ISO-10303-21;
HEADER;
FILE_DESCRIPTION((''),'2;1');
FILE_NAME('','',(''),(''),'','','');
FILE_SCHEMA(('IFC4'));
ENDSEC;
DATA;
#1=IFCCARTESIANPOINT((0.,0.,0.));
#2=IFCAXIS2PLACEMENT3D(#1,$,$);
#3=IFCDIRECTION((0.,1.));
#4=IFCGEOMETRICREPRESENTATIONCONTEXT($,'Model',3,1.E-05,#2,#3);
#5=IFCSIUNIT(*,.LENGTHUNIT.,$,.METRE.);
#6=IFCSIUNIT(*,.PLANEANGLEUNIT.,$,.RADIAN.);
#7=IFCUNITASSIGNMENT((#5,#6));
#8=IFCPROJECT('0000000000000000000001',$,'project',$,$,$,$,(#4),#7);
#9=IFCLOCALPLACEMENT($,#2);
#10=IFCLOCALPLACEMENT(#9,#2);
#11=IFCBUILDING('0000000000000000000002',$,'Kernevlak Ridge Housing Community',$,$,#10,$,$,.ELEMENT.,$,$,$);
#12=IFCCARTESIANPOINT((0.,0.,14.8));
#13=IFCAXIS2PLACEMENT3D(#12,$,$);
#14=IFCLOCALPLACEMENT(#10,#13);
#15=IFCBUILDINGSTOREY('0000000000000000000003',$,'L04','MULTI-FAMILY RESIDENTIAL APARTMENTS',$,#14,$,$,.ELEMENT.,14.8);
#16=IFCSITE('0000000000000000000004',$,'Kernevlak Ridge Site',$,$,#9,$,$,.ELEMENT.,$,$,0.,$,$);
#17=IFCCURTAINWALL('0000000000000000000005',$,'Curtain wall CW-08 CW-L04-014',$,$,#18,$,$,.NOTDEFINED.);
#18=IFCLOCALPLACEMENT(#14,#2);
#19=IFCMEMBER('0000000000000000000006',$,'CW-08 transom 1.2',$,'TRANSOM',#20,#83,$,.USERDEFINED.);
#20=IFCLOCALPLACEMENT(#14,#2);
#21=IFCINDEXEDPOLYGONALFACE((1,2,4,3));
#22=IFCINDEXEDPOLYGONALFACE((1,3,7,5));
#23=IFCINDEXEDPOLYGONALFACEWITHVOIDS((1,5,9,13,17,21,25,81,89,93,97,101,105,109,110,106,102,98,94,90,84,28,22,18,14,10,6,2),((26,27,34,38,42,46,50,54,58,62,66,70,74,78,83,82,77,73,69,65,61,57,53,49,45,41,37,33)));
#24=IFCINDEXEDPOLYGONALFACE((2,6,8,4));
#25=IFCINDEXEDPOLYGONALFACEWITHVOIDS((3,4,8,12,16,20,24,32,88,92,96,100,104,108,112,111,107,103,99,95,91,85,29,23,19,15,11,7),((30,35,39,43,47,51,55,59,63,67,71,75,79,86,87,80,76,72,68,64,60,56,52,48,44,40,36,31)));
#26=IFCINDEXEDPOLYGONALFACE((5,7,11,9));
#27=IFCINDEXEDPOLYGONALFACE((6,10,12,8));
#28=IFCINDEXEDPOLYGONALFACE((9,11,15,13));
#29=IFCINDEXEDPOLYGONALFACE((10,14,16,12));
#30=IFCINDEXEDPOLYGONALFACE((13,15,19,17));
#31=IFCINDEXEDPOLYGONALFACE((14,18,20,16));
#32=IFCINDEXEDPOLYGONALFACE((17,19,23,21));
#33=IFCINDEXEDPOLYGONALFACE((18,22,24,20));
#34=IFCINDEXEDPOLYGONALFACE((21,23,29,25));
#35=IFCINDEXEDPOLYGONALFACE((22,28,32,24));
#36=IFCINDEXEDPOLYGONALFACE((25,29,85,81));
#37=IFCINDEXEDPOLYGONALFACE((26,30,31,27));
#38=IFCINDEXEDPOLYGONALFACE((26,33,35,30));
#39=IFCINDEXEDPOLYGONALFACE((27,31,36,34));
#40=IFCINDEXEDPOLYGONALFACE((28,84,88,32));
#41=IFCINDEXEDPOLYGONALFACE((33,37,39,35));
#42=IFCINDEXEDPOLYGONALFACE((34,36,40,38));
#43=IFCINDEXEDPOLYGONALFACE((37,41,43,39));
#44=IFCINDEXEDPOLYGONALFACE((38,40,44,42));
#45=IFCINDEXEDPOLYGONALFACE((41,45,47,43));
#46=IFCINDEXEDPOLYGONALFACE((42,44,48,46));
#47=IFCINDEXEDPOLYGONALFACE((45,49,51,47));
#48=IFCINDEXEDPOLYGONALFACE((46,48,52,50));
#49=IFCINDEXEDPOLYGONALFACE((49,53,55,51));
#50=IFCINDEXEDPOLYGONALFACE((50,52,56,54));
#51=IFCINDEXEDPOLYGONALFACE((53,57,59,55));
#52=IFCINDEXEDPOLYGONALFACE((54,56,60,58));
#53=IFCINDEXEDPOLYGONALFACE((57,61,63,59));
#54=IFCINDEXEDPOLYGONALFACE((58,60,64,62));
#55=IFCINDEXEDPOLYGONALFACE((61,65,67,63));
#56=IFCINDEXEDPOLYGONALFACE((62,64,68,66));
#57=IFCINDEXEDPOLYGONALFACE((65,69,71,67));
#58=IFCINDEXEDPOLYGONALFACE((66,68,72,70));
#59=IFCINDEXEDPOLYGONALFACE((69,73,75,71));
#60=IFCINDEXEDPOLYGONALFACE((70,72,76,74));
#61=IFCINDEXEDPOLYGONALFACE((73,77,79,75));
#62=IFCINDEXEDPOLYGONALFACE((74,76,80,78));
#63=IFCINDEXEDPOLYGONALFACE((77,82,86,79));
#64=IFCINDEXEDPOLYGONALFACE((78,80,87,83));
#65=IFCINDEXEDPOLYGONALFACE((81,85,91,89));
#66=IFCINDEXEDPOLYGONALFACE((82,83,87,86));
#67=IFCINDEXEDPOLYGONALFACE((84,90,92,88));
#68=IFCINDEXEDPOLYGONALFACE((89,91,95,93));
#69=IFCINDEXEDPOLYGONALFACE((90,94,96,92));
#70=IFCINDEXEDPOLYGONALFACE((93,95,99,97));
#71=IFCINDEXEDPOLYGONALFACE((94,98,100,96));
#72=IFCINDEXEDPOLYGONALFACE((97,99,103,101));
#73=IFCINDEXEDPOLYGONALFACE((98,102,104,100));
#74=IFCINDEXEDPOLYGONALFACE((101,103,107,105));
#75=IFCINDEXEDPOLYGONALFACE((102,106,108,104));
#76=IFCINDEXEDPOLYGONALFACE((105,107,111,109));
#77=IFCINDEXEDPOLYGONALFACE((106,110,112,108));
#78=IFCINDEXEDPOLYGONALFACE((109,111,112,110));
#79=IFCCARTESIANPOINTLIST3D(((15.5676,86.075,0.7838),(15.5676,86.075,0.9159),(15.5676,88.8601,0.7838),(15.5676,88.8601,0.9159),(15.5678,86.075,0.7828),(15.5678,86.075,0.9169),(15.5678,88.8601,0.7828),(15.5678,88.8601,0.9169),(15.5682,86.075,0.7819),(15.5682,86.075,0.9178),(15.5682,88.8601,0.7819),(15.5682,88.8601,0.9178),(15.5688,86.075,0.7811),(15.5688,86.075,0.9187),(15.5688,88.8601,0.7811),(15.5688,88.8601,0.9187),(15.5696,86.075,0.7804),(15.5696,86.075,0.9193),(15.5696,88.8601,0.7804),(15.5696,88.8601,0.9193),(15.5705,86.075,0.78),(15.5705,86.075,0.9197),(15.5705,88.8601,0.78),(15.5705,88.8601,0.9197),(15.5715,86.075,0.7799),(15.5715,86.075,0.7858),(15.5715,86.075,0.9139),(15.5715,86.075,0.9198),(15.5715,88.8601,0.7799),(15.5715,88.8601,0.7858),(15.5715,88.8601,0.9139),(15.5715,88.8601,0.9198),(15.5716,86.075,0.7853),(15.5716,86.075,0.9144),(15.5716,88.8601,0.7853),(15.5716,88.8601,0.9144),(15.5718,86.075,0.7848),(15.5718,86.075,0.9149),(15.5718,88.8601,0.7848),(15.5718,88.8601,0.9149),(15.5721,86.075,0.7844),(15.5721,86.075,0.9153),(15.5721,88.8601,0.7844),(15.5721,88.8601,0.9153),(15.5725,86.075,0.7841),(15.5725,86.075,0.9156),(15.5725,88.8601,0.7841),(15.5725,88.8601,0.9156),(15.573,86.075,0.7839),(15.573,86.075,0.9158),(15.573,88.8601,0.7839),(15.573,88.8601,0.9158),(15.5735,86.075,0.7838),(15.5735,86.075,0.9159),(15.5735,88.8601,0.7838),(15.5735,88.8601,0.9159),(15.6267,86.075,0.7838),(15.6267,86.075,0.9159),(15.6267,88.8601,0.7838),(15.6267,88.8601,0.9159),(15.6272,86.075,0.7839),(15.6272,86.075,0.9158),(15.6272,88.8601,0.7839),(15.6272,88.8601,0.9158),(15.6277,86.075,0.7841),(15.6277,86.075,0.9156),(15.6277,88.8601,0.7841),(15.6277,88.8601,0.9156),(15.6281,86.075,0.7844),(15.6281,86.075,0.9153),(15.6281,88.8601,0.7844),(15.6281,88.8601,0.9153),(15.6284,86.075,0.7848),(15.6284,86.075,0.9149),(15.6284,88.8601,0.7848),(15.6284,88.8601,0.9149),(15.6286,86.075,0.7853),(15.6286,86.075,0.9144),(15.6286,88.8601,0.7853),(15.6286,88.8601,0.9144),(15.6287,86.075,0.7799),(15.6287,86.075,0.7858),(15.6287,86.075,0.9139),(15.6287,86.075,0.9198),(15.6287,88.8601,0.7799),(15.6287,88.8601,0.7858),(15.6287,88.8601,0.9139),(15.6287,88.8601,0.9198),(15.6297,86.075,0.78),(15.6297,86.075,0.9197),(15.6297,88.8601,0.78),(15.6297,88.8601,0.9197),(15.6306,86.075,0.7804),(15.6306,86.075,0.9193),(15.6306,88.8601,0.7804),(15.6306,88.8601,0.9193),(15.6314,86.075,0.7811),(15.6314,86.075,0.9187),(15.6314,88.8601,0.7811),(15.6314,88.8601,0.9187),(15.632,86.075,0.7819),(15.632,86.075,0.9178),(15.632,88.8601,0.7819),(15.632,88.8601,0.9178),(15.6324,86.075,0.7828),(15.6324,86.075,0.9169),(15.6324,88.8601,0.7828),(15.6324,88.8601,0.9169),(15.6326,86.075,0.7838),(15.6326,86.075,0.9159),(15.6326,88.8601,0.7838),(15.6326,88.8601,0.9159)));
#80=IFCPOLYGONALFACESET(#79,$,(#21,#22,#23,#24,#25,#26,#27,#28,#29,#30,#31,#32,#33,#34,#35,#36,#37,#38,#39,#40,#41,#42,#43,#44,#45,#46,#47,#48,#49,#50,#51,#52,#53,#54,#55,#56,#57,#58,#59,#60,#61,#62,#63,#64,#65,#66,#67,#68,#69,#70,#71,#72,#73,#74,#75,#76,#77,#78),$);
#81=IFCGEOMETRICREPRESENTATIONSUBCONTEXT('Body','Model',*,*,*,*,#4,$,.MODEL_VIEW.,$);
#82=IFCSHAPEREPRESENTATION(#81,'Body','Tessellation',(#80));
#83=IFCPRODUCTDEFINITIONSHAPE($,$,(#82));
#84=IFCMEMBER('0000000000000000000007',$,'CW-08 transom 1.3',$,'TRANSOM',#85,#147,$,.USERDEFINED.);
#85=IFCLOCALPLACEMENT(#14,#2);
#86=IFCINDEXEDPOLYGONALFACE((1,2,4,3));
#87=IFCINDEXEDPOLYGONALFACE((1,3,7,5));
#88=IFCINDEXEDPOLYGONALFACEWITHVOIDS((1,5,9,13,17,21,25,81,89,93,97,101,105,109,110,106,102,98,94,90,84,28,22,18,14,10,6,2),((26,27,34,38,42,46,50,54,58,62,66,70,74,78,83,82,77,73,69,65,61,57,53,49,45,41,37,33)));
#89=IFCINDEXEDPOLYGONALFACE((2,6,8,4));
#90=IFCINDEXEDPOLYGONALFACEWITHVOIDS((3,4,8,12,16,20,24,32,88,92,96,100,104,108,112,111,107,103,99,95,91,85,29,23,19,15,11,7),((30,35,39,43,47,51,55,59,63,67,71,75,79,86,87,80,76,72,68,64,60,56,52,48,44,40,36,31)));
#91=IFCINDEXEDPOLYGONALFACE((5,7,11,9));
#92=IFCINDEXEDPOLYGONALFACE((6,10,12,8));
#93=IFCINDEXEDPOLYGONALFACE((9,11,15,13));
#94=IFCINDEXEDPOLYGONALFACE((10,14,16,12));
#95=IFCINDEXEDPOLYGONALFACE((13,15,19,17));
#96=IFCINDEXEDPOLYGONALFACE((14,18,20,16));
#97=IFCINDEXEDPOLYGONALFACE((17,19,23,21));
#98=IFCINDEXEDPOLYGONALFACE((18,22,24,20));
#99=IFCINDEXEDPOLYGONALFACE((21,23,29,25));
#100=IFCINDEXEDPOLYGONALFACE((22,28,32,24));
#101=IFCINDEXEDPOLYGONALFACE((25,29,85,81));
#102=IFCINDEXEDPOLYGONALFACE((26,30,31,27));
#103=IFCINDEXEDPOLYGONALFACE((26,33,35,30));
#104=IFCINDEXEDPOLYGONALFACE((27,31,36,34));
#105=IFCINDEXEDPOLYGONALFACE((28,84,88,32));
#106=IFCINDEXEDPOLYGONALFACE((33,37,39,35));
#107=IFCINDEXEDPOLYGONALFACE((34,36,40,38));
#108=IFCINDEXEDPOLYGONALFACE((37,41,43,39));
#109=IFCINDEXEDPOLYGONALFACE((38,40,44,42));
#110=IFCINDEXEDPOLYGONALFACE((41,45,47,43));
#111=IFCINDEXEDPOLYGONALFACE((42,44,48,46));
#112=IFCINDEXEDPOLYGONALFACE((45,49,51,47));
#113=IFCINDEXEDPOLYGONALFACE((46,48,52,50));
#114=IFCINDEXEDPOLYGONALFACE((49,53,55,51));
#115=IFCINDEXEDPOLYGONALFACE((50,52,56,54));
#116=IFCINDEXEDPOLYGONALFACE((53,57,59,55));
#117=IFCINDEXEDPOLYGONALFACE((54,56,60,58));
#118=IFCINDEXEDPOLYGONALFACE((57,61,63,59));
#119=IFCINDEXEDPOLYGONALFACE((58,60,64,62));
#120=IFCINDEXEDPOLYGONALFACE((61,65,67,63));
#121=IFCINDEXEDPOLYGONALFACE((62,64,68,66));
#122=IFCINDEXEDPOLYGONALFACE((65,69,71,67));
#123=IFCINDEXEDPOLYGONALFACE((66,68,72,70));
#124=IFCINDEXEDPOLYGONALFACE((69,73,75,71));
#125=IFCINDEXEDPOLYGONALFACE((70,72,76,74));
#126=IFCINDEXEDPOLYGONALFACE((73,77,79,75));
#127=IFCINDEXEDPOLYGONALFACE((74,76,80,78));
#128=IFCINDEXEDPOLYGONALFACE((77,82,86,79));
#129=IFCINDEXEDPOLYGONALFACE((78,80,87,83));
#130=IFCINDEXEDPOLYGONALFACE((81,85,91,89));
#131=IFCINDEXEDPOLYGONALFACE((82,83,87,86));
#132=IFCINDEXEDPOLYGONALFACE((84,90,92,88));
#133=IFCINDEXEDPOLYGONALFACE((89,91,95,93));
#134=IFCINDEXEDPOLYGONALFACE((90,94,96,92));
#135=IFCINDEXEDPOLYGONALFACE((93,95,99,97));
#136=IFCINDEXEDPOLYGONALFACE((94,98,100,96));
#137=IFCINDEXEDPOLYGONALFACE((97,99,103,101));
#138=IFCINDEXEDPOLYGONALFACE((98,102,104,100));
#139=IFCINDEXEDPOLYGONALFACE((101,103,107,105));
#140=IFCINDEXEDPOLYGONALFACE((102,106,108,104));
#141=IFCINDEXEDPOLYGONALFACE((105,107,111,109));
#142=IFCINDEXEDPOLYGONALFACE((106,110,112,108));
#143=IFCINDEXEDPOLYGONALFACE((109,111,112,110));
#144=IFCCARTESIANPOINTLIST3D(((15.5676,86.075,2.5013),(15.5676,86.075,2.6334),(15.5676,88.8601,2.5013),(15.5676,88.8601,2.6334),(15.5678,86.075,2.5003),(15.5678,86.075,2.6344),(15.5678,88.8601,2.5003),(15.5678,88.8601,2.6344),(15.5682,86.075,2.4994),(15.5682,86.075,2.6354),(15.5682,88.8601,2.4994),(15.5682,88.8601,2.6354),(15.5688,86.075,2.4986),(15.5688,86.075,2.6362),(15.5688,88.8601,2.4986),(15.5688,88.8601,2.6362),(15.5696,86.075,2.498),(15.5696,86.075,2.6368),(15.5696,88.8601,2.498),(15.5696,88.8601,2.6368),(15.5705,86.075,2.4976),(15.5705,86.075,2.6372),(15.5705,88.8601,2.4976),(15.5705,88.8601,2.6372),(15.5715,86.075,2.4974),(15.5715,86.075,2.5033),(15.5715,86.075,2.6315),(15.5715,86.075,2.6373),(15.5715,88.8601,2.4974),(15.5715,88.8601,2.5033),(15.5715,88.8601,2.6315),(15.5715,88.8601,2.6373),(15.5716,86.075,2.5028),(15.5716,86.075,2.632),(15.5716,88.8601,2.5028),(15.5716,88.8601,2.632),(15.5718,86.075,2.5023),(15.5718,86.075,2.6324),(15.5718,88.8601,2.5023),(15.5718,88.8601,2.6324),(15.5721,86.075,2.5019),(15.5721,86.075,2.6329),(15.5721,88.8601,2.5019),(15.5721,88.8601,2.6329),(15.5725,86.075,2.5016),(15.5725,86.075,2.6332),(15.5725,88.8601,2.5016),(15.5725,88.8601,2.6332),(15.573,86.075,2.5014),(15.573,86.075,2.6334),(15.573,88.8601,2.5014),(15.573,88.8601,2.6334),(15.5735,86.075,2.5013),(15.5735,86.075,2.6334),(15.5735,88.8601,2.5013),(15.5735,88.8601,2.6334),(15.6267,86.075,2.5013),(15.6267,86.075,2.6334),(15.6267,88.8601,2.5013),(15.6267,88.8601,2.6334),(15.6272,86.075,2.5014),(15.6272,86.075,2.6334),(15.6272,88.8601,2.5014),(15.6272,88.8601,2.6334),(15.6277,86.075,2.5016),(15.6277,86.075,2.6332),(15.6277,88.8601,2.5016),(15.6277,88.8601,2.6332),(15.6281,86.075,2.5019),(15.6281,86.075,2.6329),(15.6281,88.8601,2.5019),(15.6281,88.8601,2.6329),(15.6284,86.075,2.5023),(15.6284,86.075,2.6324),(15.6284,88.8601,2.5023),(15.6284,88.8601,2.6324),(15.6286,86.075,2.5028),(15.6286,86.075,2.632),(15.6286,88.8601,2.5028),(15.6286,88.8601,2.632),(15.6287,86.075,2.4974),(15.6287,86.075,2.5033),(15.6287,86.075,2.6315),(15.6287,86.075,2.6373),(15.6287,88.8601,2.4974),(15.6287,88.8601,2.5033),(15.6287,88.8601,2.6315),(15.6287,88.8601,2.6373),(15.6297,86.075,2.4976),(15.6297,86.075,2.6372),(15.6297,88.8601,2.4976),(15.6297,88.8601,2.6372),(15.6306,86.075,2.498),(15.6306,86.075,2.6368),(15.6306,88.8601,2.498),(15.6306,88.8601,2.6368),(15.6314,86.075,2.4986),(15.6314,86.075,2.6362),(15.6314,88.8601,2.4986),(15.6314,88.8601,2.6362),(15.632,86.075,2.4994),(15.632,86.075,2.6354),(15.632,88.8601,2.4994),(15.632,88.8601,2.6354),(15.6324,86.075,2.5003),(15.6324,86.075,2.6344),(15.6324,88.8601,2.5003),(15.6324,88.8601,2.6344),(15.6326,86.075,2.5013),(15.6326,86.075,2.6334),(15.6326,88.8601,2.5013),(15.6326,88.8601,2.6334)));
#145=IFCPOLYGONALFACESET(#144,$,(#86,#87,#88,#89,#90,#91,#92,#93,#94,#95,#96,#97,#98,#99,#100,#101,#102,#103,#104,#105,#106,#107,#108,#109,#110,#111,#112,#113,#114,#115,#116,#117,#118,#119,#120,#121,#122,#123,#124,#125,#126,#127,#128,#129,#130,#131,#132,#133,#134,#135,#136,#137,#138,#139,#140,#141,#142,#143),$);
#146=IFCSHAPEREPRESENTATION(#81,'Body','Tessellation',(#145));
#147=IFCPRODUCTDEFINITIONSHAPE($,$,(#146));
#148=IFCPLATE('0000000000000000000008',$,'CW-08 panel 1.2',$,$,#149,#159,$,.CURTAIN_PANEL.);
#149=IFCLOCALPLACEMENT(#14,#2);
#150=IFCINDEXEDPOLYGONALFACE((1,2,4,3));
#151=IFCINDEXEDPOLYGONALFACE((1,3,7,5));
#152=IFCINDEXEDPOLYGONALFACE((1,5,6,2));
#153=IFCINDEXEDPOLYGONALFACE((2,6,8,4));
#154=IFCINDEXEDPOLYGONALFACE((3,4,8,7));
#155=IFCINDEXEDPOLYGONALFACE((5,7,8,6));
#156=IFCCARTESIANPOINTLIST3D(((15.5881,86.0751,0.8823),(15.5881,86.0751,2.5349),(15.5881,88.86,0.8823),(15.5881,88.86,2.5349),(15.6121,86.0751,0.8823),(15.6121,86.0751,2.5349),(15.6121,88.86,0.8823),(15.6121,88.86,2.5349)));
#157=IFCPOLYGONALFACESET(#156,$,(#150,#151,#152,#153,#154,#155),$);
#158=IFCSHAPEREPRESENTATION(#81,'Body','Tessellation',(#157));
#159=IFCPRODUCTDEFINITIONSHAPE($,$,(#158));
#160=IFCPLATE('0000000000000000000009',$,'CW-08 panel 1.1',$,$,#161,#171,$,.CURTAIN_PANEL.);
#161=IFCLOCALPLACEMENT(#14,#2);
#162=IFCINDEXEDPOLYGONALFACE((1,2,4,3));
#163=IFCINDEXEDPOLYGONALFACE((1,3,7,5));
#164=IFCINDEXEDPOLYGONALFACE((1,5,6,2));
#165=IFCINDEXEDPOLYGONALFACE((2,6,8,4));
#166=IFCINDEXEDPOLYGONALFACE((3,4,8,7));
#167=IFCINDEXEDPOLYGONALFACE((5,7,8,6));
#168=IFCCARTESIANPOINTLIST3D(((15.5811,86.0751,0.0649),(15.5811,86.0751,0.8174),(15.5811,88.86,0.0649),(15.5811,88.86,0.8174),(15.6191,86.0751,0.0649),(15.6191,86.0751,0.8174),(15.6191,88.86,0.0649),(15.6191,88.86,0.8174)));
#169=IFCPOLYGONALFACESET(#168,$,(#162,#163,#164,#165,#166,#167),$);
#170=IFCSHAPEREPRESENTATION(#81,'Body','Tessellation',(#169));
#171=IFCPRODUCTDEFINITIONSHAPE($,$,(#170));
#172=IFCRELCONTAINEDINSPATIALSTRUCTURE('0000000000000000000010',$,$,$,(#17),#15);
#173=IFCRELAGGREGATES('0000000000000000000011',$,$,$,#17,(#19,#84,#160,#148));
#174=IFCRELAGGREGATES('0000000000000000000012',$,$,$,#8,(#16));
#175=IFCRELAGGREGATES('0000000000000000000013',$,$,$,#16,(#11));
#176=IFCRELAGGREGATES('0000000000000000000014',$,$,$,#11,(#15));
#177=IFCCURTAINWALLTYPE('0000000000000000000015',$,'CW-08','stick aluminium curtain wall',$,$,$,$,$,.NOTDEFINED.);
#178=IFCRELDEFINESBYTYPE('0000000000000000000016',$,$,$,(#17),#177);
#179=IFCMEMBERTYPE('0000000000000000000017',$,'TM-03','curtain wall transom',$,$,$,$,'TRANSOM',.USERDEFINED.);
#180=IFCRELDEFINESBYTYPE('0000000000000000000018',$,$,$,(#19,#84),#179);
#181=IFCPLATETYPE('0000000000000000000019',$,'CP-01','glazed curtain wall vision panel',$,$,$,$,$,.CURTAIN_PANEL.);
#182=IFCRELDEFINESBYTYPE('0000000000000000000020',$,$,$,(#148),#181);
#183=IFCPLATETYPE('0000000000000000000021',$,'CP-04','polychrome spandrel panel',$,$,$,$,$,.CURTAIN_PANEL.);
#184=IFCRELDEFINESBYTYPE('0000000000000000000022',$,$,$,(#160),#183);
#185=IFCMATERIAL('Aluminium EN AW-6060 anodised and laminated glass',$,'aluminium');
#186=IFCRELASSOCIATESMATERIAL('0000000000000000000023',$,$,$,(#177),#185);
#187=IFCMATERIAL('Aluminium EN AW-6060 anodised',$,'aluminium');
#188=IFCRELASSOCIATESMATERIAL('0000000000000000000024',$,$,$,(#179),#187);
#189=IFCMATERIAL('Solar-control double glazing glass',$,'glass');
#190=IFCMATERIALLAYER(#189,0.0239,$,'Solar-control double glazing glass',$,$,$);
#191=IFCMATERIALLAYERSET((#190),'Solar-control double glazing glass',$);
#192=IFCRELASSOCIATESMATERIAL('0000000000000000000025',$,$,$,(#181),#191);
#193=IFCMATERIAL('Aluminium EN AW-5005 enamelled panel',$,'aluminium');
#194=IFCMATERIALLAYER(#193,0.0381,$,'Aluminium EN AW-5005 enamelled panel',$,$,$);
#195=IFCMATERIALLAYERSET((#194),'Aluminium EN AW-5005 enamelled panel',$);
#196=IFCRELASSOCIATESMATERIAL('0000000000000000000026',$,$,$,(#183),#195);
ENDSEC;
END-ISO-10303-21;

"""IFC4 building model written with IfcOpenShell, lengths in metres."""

from ifc_helpers import new_model, si_unit, direction, frame, origin, origin_2d, place, context, subcontext, project, spatial, rectangle, hollow_rectangle, extrude, material, layer, layer_set, material_profile, profile_set, type_object, element, aggregate, save


model = new_model("IFC4")

# Units and contexts
model_context = context("Model", 3, precision=1e-05, world=origin(), true_north=direction((0.0, 1.0)))
body_context = subcontext(model_context, "Body", "Model", "MODEL_VIEW")
ifc_project = project(units=[si_unit("LENGTHUNIT", "METRE"), si_unit("PLANEANGLEUNIT", "RADIAN")], contexts=[model_context])

# Site, building, storey
site_placement = place(None, origin())
site = spatial("IfcSite", under=ifc_project, at=site_placement, Name="Kernevlak Ridge Site", CompositionType="ELEMENT", RefElevation=0.0)
building_placement = place(site_placement, origin())
building = spatial("IfcBuilding", under=site, at=building_placement, Name="Kernevlak Ridge Housing Community", CompositionType="ELEMENT")
storey_placement = place(building_placement, frame((0.0, 0.0, 14.8)))
storey = spatial("IfcBuildingStorey", under=building, at=storey_placement, Name="L04", Description="MULTI-FAMILY RESIDENTIAL APARTMENTS", CompositionType="ELEMENT", Elevation=14.8)

# Shared definitions
ifc_material_1 = material(Name="Aluminium EN AW-6060 anodised and laminated glass", Category="aluminium")
ifc_material_2 = material(Name="Aluminium EN AW-6060 anodised", Category="aluminium")

# Curtain wall
curtain_wall_type_1 = type_object("IfcCurtainWallType", Name="CW-08", Description="stick aluminium curtain wall", PredefinedType="NOTDEFINED", material=ifc_material_1)
curtain_wall_1_placement = place(storey_placement, origin())
curtain_wall_1 = element("IfcCurtainWall", 1, at=curtain_wall_1_placement, inside=storey, type_object=curtain_wall_type_1, Name="Curtain wall CW-08 CW-L04-014", PredefinedType="NOTDEFINED")

# Members
ifc_material_profile_1 = material_profile(ifc_material_2, hollow_rectangle(XDim=0.0649, YDim=0.1399, WallThickness=0.0039, InnerFilletRadius=0.002, OuterFilletRadius=0.0039, at=origin_2d()), Name="ALU 65x140x4")
ifc_profile_set_1 = profile_set([ifc_material_profile_1], Name="Aluminium EN AW-6060 anodised")
member_type_1 = type_object("IfcMemberType", Name="TM-03", Description="curtain wall transom", ElementType="TRANSOM", PredefinedType="USERDEFINED", material=ifc_profile_set_1)
member_1_placement = place(storey_placement, frame((15.6001, 86.075, 0.8499), z_axis=(0.0, 1.0, 0.0), x_axis=(-1.0, 0.0, 0.0)))
member_1 = element("IfcMember", 2, at=member_1_placement, type_object=member_type_1, Name="CW-08 transom 1.2", ObjectType="TRANSOM", PredefinedType="USERDEFINED", context=body_context, shape_type="SweptSolid", body=[
    extrude(hollow_rectangle(XDim=0.0649, YDim=0.1399, WallThickness=0.0039, InnerFilletRadius=0.002, OuterFilletRadius=0.0039, at=origin_2d()), origin(), (0.0, 0.0, 1.0), 2.7852),
])
member_2_placement = place(storey_placement, frame((15.6001, 86.075, 2.5674), z_axis=(0.0, 1.0, 0.0), x_axis=(-1.0, 0.0, 0.0)))
member_2 = element("IfcMember", 3, at=member_2_placement, type_object=member_type_1, Name="CW-08 transom 1.3", ObjectType="TRANSOM", PredefinedType="USERDEFINED", context=body_context, shape_type="SweptSolid", body=[
    extrude(hollow_rectangle(XDim=0.0649, YDim=0.1399, WallThickness=0.0039, InnerFilletRadius=0.002, OuterFilletRadius=0.0039, at=origin_2d()), origin(), (0.0, 0.0, 1.0), 2.7852),
])

# Plates
ifc_material_3 = material(Name="Solar-control double glazing glass", Category="glass")
ifc_layer_1 = layer(ifc_material_3, 0.0239, Name="Solar-control double glazing glass")
ifc_layer_set_1 = layer_set([ifc_layer_1], Name="Solar-control double glazing glass")
plate_type_1 = type_object("IfcPlateType", Name="CP-01", Description="glazed curtain wall vision panel", PredefinedType="CURTAIN_PANEL", material=ifc_layer_set_1)
plate_1_placement = place(storey_placement, frame((15.6001, 87.4675, 0.8823), z_axis=(0.0, 0.0, 1.0), x_axis=(0.0, 1.0, 0.0)))
plate_1 = element("IfcPlate", 4, at=plate_1_placement, type_object=plate_type_1, Name="CW-08 panel 1.2", PredefinedType="CURTAIN_PANEL", context=body_context, shape_type="SweptSolid", body=[
    extrude(rectangle(XDim=2.7849, YDim=0.0239, at=origin_2d()), origin(), (0.0, 0.0, 1.0), 1.6526),
])
ifc_material_4 = material(Name="Aluminium EN AW-5005 enamelled panel", Category="aluminium")
ifc_layer_2 = layer(ifc_material_4, 0.0381, Name="Aluminium EN AW-5005 enamelled panel")
ifc_layer_set_2 = layer_set([ifc_layer_2], Name="Aluminium EN AW-5005 enamelled panel")
plate_type_2 = type_object("IfcPlateType", Name="CP-04", Description="polychrome spandrel panel", PredefinedType="CURTAIN_PANEL", material=ifc_layer_set_2)
plate_2_placement = place(storey_placement, frame((15.6001, 87.4675, 0.0649), z_axis=(0.0, 0.0, 1.0), x_axis=(0.0, 1.0, 0.0)))
plate_2 = element("IfcPlate", 5, at=plate_2_placement, type_object=plate_type_2, Name="CW-08 panel 1.1", PredefinedType="CURTAIN_PANEL", context=body_context, shape_type="SweptSolid", body=[
    extrude(rectangle(XDim=2.7849, YDim=0.0381, at=origin_2d()), origin(), (0.0, 0.0, 1.0), 0.7524),
])
aggregate(curtain_wall_1, [member_1, member_2, plate_2, plate_1])

save(model, "model.ifc")
